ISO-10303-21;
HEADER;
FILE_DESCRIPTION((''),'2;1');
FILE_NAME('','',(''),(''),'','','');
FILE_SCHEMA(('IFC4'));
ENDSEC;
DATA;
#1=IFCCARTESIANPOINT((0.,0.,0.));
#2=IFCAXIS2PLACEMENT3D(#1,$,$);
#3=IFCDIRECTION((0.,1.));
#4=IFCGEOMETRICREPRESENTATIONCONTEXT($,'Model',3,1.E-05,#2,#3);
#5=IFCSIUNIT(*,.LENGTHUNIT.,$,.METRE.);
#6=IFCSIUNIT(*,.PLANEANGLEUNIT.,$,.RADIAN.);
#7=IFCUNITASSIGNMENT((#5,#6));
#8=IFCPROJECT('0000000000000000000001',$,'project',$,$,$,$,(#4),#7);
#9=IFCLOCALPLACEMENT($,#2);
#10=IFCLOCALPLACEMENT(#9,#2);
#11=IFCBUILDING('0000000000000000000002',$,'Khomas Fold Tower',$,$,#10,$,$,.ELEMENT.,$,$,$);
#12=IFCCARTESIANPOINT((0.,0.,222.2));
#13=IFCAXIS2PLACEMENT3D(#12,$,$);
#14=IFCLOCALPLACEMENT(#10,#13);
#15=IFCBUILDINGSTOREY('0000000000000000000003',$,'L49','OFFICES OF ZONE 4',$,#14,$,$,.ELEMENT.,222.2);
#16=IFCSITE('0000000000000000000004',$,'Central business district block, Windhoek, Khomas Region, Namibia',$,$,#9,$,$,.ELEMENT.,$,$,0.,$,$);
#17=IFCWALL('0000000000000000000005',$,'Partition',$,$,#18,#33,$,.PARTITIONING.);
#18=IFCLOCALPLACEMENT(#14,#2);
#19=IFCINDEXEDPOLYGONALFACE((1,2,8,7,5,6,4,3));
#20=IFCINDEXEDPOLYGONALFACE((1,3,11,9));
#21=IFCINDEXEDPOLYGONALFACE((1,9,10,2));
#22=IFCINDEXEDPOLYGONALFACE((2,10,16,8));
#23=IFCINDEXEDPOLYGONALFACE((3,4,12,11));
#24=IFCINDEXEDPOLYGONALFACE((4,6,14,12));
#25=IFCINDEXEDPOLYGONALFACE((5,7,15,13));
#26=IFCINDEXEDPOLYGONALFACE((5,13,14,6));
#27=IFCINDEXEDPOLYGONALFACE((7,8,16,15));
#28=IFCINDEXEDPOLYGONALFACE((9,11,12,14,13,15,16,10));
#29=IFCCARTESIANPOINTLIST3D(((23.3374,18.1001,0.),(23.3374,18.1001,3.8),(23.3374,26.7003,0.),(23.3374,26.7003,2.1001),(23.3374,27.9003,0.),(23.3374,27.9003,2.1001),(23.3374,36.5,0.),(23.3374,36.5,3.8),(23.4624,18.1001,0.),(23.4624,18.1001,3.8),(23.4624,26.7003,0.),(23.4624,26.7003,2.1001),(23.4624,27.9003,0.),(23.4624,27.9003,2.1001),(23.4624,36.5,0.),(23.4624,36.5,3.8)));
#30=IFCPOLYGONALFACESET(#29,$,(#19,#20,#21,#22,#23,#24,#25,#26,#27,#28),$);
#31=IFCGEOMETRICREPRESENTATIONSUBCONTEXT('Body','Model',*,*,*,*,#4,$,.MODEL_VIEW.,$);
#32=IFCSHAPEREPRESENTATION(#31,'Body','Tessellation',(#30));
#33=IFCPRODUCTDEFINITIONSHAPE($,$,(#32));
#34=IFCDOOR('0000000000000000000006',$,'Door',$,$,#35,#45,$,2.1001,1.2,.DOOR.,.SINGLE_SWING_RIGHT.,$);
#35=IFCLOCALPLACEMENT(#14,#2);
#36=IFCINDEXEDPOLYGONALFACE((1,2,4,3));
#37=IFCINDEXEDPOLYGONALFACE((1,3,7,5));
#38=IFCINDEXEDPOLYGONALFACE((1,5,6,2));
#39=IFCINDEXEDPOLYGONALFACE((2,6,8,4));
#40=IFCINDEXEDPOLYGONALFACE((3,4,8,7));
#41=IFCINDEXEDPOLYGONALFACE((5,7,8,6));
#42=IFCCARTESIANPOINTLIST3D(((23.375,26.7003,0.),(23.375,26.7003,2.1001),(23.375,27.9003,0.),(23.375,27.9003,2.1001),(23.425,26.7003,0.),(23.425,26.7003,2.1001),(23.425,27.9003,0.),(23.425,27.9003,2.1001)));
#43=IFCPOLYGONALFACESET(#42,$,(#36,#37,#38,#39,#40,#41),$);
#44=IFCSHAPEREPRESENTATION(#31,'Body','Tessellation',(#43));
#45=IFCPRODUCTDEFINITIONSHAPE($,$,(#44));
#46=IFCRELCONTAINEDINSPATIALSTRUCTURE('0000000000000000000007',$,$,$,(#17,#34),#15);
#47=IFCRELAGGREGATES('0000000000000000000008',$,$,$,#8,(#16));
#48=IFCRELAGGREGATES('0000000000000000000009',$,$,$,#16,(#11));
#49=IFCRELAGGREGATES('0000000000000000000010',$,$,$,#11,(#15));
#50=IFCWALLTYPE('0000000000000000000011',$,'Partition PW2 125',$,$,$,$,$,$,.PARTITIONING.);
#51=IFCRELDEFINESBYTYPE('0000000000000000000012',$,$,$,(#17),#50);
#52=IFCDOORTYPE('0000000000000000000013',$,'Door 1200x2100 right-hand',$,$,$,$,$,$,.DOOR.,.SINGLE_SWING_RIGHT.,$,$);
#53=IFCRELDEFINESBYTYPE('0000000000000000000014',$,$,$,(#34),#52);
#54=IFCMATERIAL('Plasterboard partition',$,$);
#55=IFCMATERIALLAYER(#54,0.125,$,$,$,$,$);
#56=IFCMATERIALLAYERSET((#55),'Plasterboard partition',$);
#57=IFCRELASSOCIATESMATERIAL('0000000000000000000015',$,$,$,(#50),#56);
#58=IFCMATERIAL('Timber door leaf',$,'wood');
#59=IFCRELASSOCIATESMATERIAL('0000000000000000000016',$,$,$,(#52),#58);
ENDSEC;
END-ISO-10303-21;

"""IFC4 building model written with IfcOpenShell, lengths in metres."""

from ifc_helpers import new_model, si_unit, direction, frame, frame_2d, origin, place, context, subcontext, project, spatial, rectangle, extrude, source, transform, mapped, material, layer, layer_set, type_object, element, fill, save


model = new_model("IFC4")

# Units and contexts
model_context = context("Model", 3, precision=1e-05, world=origin(), true_north=direction((0.0, 1.0)))
body_context = subcontext(model_context, "Body", "Model", "MODEL_VIEW")
ifc_project = project(units=[si_unit("LENGTHUNIT", "METRE"), si_unit("PLANEANGLEUNIT", "RADIAN")], contexts=[model_context])

# Site, building, storey
site_placement = place(None, origin())
site = spatial("IfcSite", under=ifc_project, at=site_placement, Name="Central business district block, Windhoek, Khomas Region, Namibia", CompositionType="ELEMENT", RefElevation=0.0)
building_placement = place(site_placement, origin())
building = spatial("IfcBuilding", under=site, at=building_placement, Name="Khomas Fold Tower", CompositionType="ELEMENT")
storey_placement = place(building_placement, frame((0.0, 0.0, 222.2)))
storey = spatial("IfcBuildingStorey", under=building, at=storey_placement, Name="L49", Description="OFFICES OF ZONE 4", CompositionType="ELEMENT", Elevation=222.2)

# Shared definitions
ifc_material_1 = material(Name="Plasterboard partition")
ifc_layer_1 = layer(ifc_material_1, 0.125)
ifc_layer_set_1 = layer_set([ifc_layer_1], Name="Plasterboard partition")
wall_type_1 = type_object("IfcWallType", Name="Partition PW2 125", PredefinedType="PARTITIONING", material=ifc_layer_set_1)
shared_shape_1 = source(origin(), body_context, "Body", "SweptSolid", [
    extrude(rectangle(XDim=1.2, YDim=2.1001, at=frame_2d((0.6001, 1.05))), frame((0.0, 0.0725, 0.0), z_axis=(0.0, -1.0, 0.0), x_axis=(1.0, 0.0, 0.0)), (0.0, 0.0, 1.0), 0.145),
])
ifc_material_2 = material(Name="Timber door leaf", Category="wood")
door_type_1 = type_object("IfcDoorType", Name="Door 1200x2100 right-hand", OperationType="SINGLE_SWING_RIGHT", PredefinedType="DOOR", material=ifc_material_2)
shared_shape_2 = source(origin(), body_context, "Body", "SweptSolid", [
    extrude(rectangle(XDim=1.2, YDim=2.1001, at=frame_2d((0.6001, 1.05))), frame((0.0, 0.0249, 0.0), z_axis=(0.0, -1.0, 0.0), x_axis=(1.0, 0.0, 0.0)), (0.0, 0.0, 1.0), 0.05),
])

# Wall, opening, door
shared_shape_3 = source(origin(), body_context, "Body", "SweptSolid", [
    extrude(rectangle(XDim=18.3999, YDim=0.125, at=frame_2d((9.2, 0.0))), origin(), (0.0, 0.0, 1.0), 3.8),
])
wall_1_placement = place(storey_placement, frame((23.3999, 18.1001, 0.0), z_axis=(0.0, 0.0, 1.0), x_axis=(0.0, 1.0, 0.0)))
wall_1 = element("IfcWall", 1, at=wall_1_placement, inside=storey, type_object=wall_type_1, Name="Partition", PredefinedType="PARTITIONING", context=body_context, shape_type="MappedRepresentation", body=[
    mapped(shared_shape_3, transform((0.0, 0.0, 0.0))),
])
opening_1_placement = place(wall_1_placement, frame((8.6001, 0.0, 0.0)))
opening_1 = element("IfcOpeningElement", 2, at=opening_1_placement, cuts=wall_1, PredefinedType="OPENING", context=body_context, shape_type="MappedRepresentation", body=[
    mapped(shared_shape_1, transform((0.0, 0.0, 0.0))),
])
door_1_placement = place(opening_1_placement, origin())
door_1 = element("IfcDoor", 3, at=door_1_placement, inside=storey, type_object=door_type_1, Name="Door", OperationType="SINGLE_SWING_RIGHT", OverallHeight=2.1001, OverallWidth=1.2, PredefinedType="DOOR", context=body_context, shape_type="MappedRepresentation", body=[
    mapped(shared_shape_2, transform((0.0, 0.0, 0.0))),
])
fill(opening_1, door_1)

save(model, "model.ifc")
